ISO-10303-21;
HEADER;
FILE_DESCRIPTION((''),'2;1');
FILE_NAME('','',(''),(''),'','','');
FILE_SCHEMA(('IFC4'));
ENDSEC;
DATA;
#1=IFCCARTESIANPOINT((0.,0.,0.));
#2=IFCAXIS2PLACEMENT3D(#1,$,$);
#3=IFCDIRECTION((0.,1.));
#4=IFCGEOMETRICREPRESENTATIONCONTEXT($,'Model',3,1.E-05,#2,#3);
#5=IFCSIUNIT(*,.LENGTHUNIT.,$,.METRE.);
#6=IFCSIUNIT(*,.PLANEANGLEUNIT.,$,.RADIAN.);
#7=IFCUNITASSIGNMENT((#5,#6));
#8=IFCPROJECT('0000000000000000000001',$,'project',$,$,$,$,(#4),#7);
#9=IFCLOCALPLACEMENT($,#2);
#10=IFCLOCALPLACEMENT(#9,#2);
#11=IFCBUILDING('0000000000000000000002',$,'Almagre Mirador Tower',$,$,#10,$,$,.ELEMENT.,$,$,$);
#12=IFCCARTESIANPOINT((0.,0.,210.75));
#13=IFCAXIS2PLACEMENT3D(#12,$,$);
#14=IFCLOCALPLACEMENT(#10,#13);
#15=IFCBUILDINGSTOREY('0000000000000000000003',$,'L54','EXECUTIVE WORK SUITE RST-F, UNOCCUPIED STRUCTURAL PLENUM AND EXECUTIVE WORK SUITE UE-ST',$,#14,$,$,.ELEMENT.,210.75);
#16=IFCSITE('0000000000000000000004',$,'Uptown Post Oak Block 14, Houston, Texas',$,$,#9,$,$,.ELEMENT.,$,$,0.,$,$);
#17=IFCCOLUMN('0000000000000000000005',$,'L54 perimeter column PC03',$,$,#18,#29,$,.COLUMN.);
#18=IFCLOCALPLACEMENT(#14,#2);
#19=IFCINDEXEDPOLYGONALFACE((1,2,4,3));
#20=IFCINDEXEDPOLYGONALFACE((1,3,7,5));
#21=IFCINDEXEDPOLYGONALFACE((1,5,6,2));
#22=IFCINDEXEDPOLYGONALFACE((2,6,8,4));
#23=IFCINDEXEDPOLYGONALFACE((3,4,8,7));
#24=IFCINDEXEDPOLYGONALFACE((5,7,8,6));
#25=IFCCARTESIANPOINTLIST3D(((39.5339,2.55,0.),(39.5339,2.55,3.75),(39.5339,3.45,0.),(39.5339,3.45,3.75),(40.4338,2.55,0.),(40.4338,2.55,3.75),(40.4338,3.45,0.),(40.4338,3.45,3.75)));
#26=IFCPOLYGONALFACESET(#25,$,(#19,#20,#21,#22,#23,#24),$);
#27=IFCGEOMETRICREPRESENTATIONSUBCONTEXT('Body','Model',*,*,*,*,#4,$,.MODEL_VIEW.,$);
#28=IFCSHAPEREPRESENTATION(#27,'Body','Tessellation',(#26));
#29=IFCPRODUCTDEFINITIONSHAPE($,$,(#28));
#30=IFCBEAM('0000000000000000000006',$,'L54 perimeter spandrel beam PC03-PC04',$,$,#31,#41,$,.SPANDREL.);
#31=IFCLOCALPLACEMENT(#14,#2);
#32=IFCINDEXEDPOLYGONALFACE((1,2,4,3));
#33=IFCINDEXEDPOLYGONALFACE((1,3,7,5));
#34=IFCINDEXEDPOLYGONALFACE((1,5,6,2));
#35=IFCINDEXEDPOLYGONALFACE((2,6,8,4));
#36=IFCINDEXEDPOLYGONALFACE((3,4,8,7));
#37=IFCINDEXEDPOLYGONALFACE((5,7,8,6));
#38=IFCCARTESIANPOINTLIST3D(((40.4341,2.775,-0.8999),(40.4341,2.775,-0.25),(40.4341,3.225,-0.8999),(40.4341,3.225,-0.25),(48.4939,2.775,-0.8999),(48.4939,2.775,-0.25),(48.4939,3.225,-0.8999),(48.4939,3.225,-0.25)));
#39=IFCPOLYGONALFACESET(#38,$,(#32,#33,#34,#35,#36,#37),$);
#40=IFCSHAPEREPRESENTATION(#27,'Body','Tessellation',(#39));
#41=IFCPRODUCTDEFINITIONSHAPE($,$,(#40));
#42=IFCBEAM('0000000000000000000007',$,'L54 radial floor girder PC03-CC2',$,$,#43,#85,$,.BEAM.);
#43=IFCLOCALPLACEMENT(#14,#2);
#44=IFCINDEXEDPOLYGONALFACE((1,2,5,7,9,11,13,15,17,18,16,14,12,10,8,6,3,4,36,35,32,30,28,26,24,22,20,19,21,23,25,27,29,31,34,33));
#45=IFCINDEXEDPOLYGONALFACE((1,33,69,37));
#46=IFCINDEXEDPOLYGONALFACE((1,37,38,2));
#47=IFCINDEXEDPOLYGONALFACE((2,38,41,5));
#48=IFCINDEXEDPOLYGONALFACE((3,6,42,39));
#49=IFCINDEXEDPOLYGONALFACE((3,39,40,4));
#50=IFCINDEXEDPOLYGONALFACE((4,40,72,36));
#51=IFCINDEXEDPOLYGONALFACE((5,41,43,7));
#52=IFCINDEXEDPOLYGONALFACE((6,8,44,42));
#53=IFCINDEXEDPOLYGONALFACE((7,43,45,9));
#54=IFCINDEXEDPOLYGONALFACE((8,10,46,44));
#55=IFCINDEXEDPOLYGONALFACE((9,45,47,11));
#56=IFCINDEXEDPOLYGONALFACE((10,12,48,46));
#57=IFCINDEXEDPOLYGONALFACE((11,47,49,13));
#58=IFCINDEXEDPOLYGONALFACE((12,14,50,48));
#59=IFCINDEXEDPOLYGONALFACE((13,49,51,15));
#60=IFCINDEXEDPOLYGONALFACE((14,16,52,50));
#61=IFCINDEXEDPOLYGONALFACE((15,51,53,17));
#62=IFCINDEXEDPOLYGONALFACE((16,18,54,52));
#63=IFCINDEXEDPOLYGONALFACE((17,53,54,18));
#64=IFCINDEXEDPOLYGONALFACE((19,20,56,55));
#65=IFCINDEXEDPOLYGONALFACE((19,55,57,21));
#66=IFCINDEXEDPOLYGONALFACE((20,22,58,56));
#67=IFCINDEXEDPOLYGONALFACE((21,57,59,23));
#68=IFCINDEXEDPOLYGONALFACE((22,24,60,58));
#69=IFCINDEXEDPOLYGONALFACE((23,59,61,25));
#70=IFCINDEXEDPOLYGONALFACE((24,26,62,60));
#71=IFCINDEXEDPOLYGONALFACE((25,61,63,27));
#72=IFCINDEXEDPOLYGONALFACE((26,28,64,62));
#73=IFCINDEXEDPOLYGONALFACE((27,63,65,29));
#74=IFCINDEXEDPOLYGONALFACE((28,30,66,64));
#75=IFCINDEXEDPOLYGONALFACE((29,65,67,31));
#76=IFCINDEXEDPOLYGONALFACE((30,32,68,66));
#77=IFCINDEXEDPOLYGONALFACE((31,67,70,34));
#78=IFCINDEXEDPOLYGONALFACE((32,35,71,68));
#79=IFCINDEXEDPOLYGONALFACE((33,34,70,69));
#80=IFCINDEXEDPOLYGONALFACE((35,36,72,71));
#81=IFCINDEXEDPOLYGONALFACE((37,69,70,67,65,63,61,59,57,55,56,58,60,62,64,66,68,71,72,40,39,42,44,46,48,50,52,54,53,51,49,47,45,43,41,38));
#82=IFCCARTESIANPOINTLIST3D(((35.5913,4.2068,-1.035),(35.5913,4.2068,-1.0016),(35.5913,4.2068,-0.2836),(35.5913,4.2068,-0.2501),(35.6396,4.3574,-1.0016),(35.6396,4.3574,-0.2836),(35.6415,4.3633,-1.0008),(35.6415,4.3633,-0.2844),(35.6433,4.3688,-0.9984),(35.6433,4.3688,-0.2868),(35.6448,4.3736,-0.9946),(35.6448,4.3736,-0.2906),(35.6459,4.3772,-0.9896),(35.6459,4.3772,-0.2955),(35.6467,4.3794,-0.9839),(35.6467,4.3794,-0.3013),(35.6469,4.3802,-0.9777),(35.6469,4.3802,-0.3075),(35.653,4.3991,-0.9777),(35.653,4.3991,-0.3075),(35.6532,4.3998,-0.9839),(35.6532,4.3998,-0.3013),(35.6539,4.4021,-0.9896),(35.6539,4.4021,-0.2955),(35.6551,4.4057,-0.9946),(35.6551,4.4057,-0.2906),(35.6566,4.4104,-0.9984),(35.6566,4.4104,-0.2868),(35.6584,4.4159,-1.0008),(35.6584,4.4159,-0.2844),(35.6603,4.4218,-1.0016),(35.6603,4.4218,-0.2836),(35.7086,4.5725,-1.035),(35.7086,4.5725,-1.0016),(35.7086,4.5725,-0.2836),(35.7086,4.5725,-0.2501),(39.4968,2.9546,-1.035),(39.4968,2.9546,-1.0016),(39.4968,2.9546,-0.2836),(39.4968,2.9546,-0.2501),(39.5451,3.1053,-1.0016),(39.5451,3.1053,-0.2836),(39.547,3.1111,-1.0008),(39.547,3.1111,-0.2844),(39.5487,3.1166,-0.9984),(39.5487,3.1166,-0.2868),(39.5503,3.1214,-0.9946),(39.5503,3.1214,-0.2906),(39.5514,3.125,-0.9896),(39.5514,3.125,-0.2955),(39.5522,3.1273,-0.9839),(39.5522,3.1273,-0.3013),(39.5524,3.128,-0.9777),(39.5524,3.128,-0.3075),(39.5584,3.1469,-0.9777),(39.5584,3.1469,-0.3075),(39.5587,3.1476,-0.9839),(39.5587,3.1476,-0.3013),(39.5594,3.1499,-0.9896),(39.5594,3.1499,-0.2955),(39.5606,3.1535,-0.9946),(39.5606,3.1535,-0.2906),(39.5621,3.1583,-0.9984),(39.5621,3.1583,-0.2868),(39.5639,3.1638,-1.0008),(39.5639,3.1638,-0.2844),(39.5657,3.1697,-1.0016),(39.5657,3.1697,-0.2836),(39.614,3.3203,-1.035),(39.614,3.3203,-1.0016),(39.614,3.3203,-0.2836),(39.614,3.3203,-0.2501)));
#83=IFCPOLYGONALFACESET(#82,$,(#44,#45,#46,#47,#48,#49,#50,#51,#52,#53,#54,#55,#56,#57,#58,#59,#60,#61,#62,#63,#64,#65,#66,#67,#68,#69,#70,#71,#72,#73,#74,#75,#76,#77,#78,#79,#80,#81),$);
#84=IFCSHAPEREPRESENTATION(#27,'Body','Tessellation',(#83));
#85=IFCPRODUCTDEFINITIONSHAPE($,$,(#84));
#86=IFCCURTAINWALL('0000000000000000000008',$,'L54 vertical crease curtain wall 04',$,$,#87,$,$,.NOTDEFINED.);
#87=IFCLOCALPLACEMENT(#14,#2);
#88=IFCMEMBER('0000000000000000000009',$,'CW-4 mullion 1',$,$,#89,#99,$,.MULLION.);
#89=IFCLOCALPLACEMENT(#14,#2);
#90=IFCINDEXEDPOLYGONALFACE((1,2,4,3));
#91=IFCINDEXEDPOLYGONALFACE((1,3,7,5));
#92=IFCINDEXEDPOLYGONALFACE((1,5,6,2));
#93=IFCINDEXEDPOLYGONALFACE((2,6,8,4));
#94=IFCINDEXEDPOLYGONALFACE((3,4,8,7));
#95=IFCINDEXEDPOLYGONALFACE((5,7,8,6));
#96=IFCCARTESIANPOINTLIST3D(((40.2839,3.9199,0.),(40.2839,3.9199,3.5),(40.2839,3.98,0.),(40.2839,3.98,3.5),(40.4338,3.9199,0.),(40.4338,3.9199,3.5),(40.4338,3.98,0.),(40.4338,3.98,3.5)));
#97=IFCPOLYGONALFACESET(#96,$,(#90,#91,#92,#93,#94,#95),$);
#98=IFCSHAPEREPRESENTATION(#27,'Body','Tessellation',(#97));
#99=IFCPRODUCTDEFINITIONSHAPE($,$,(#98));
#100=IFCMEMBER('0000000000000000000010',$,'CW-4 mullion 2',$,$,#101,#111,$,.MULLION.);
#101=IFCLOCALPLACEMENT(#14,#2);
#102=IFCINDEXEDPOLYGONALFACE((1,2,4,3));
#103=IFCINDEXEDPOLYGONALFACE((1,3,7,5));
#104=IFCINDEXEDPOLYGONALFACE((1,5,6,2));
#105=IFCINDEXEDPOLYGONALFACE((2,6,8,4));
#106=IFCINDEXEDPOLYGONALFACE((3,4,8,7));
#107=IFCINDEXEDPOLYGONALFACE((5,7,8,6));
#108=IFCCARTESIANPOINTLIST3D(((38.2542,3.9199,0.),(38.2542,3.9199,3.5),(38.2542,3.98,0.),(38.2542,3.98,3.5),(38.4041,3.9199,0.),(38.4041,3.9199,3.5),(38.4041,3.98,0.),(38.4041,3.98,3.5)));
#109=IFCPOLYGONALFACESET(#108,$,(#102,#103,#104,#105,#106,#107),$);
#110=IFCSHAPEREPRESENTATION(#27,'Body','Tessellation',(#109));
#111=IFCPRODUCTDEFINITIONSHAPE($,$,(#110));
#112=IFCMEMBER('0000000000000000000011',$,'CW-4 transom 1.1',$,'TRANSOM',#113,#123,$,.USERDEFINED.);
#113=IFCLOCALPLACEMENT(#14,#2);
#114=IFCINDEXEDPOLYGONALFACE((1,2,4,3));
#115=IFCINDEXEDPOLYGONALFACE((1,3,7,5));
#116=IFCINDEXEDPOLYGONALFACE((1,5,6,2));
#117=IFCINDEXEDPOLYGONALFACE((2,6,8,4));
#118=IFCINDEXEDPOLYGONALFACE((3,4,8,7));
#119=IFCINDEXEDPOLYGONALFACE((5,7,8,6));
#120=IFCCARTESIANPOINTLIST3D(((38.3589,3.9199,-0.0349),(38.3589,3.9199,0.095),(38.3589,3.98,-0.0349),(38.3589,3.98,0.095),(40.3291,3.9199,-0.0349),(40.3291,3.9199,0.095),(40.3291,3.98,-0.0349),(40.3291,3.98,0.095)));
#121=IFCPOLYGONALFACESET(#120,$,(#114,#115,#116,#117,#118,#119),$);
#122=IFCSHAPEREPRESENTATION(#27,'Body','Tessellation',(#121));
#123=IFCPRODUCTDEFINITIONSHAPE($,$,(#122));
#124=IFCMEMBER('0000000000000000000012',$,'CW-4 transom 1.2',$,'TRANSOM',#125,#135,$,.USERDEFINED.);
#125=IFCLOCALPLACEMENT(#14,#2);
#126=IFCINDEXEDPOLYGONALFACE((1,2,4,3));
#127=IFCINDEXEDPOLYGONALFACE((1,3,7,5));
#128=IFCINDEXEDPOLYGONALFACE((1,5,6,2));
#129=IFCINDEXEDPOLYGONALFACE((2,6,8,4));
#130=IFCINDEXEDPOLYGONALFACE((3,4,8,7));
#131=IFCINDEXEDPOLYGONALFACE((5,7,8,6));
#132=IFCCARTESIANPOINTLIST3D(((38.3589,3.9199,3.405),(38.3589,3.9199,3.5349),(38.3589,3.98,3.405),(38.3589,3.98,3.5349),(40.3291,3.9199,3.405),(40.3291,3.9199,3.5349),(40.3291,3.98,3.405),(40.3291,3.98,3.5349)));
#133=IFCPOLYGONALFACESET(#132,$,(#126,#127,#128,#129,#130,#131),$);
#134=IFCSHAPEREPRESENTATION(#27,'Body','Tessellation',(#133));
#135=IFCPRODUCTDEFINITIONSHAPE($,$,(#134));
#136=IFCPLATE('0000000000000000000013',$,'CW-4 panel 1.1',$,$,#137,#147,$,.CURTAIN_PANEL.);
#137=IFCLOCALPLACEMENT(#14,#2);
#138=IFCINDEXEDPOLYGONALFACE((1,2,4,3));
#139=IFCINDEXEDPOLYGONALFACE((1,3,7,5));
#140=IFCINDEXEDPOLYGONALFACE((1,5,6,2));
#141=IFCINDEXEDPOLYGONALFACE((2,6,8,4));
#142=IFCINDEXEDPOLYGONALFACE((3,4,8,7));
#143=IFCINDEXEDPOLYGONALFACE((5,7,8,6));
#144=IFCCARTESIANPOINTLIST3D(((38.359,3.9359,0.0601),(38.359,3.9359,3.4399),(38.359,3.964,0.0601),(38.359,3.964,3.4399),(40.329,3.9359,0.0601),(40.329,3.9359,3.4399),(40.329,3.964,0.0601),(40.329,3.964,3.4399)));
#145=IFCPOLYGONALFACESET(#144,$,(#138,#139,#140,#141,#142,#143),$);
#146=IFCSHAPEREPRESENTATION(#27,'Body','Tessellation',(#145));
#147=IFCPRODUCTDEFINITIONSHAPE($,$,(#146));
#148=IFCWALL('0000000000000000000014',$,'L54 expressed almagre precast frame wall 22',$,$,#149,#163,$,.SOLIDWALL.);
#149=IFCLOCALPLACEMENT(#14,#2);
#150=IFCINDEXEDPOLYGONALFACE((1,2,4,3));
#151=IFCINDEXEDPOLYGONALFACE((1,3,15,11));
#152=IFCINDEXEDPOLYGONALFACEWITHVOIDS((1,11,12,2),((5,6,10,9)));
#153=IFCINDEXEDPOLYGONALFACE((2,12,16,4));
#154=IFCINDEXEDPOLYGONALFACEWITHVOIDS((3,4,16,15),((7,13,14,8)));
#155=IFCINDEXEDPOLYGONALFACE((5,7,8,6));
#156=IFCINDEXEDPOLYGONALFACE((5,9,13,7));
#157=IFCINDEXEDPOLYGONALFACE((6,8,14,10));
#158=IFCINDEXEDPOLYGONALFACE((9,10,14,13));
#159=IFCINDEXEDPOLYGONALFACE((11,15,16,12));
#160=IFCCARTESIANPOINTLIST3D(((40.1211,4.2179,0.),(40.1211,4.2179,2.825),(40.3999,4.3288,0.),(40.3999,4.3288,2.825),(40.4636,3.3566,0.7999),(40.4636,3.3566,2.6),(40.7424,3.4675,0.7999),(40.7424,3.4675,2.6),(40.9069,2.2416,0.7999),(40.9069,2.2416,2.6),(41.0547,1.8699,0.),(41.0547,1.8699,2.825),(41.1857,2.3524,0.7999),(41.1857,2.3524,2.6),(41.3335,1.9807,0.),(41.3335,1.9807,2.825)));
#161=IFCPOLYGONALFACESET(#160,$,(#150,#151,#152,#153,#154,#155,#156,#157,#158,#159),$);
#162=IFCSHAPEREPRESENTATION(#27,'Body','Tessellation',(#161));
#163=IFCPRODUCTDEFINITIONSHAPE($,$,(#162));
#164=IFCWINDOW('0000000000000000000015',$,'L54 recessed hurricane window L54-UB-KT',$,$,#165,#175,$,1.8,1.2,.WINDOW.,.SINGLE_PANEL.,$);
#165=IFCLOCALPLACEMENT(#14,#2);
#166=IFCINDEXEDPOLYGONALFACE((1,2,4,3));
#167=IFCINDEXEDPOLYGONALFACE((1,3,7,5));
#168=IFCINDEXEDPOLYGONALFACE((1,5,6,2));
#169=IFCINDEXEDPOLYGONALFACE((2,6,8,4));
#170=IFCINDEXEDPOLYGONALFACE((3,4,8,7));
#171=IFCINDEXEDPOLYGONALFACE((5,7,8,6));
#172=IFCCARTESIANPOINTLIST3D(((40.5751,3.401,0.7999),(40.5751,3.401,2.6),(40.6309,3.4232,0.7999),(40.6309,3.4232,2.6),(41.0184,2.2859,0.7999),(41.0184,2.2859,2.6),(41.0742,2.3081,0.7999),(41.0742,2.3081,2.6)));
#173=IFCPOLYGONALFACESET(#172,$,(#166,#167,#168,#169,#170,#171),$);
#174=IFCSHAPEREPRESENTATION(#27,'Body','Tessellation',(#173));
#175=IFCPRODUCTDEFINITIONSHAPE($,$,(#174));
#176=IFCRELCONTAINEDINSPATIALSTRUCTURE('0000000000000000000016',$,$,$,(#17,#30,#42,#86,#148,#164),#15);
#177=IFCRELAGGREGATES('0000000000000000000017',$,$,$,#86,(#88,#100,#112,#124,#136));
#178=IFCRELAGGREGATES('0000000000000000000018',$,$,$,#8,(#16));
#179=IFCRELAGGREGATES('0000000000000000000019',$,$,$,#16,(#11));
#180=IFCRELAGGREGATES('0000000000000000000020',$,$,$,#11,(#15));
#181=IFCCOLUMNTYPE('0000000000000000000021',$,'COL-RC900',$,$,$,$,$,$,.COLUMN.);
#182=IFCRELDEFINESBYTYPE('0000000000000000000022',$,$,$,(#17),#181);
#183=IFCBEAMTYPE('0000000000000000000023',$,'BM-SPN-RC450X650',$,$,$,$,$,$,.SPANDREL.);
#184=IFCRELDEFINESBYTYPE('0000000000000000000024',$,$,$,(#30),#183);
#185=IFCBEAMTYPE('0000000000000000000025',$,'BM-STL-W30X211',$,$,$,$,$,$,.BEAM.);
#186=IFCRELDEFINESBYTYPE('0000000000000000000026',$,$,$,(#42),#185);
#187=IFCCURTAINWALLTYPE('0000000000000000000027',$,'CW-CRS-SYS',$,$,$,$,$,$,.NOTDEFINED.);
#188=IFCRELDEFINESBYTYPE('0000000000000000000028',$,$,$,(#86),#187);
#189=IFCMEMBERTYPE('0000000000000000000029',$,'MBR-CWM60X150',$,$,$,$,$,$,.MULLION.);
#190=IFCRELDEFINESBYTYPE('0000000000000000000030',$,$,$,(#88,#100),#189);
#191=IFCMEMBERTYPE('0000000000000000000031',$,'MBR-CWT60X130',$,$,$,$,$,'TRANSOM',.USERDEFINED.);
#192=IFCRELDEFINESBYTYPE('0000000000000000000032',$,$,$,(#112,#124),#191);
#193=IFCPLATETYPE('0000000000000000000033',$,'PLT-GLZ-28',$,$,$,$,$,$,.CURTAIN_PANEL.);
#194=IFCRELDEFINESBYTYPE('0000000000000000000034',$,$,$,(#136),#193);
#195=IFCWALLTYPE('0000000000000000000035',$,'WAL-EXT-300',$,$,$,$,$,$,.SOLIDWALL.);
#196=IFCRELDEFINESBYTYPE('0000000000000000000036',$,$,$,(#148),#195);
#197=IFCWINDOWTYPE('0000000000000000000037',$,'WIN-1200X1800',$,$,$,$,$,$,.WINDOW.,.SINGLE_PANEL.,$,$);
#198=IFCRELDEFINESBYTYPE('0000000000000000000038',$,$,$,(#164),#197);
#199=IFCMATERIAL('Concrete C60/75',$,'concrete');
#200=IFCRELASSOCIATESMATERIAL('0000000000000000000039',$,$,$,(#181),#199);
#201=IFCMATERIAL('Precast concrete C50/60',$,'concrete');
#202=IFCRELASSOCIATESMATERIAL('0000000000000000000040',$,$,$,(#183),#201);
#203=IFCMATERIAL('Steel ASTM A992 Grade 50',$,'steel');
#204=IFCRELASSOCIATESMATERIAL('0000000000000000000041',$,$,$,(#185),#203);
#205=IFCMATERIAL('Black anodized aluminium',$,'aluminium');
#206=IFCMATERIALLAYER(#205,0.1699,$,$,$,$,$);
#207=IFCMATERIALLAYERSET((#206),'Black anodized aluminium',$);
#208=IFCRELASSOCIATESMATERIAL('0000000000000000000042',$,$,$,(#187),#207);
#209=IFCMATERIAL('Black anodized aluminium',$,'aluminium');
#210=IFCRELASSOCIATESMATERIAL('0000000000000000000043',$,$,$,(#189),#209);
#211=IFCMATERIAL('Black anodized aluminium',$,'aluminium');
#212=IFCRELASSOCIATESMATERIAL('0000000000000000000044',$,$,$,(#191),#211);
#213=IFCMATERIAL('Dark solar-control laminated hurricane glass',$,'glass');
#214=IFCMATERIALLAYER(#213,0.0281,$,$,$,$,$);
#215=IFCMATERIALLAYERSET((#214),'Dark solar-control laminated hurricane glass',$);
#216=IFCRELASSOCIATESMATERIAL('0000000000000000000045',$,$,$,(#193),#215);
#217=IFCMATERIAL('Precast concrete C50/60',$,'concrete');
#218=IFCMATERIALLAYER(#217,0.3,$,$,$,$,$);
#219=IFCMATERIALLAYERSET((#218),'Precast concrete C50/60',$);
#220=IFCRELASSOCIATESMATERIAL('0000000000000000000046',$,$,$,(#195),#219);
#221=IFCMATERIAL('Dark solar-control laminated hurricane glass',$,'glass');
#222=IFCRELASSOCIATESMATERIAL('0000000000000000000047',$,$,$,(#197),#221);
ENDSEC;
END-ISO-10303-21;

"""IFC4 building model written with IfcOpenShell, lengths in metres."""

from ifc_helpers import new_model, si_unit, direction, frame, frame_2d, origin, origin_2d, place, context, subcontext, project, spatial, rectangle, i_section, extrude, material, layer, layer_set, material_profile, profile_set, type_object, element, fill, aggregate, save


model = new_model("IFC4")

# Units and contexts
model_context = context("Model", 3, precision=1e-05, world=origin(), true_north=direction((0.0, 1.0)))
body_context = subcontext(model_context, "Body", "Model", "MODEL_VIEW")
ifc_project = project(units=[si_unit("LENGTHUNIT", "METRE"), si_unit("PLANEANGLEUNIT", "RADIAN")], contexts=[model_context])

# Site, building, storey
site_placement = place(None, origin())
site = spatial("IfcSite", under=ifc_project, at=site_placement, Name="Uptown Post Oak Block 14, Houston, Texas", CompositionType="ELEMENT", RefElevation=0.0)
building_placement = place(site_placement, origin())
building = spatial("IfcBuilding", under=site, at=building_placement, Name="Almagre Mirador Tower", CompositionType="ELEMENT")
storey_placement = place(building_placement, frame((0.0, 0.0, 210.75)))
storey = spatial("IfcBuildingStorey", under=building, at=storey_placement, Name="L54", Description="EXECUTIVE WORK SUITE RST-F, UNOCCUPIED STRUCTURAL PLENUM AND EXECUTIVE WORK SUITE UE-ST", CompositionType="ELEMENT", Elevation=210.75)

# Column
ifc_material_1 = material(Name="Concrete C60/75", Category="concrete")
ifc_material_profile_1 = material_profile(ifc_material_1, rectangle(XDim=0.8999, YDim=0.8999, at=origin_2d()), Name="RC900X900")
ifc_profile_set_1 = profile_set([ifc_material_profile_1], Name="Concrete C60/75")
column_type = type_object("IfcColumnType", Name="COL-RC900", PredefinedType="COLUMN", material=ifc_profile_set_1)
column_placement = place(storey_placement, frame((39.9839, 3.0, 0.0), z_axis=(0.0, 0.0, 1.0), x_axis=(1.0, 0.0, 0.0)))
element("IfcColumn", 1, at=column_placement, inside=storey, type_object=column_type, Name="L54 perimeter column PC03", PredefinedType="COLUMN", context=body_context, shape_type="SweptSolid", body=[
    extrude(rectangle(XDim=0.8999, YDim=0.8999, at=origin_2d()), origin(), (0.0, 0.0, 1.0), 3.75),
])

# Beams
ifc_material_2 = material(Name="Precast concrete C50/60", Category="concrete")
ifc_material_profile_2 = material_profile(ifc_material_2, rectangle(XDim=0.45, YDim=0.6499, at=origin_2d()), Name="RC450X650")
ifc_profile_set_2 = profile_set([ifc_material_profile_2], Name="Precast concrete C50/60")
beam_type_1 = type_object("IfcBeamType", Name="BM-SPN-RC450X650", PredefinedType="SPANDREL", material=ifc_profile_set_2)
beam_1_placement = place(storey_placement, frame((40.4341, 3.0, -0.575), z_axis=(1.0, 0.0, 0.0), x_axis=(0.0, 1.0, 0.0)))
element("IfcBeam", 2, at=beam_1_placement, inside=storey, type_object=beam_type_1, Name="L54 perimeter spandrel beam PC03-PC04", PredefinedType="SPANDREL", context=body_context, shape_type="SweptSolid", body=[
    extrude(rectangle(XDim=0.45, YDim=0.6499, at=origin_2d()), origin(), (0.0, 0.0, 1.0), 8.0598),
])
ifc_material_3 = material(Name="Steel ASTM A992 Grade 50", Category="steel")
ifc_material_profile_3 = material_profile(ifc_material_3, i_section(OverallWidth=0.384, OverallDepth=0.7849, WebThickness=0.0198, FlangeThickness=0.0334, FilletRadius=0.0239, at=origin_2d()), Name="W30X211")
ifc_profile_set_3 = profile_set([ifc_material_profile_3], Name="Steel ASTM A992 Grade 50")
beam_type_2 = type_object("IfcBeamType", Name="BM-STL-W30X211", PredefinedType="BEAM", material=ifc_profile_set_3)
beam_2_placement = place(storey_placement, frame((39.5554, 3.1375, -0.6426), z_axis=(-0.952252, 0.305313, 0.0), x_axis=(-0.305313, -0.952252, 0.0)))
element("IfcBeam", 3, at=beam_2_placement, inside=storey, type_object=beam_type_2, Name="L54 radial floor girder PC03-CC2", PredefinedType="BEAM", context=body_context, shape_type="SweptSolid", body=[
    extrude(i_section(OverallWidth=0.384, OverallDepth=0.7849, WebThickness=0.0198, FlangeThickness=0.0334, FilletRadius=0.0239, at=origin_2d()), origin(), (0.0, 0.0, 1.0), 4.1013),
])

# Curtain wall, members, plate
ifc_material_4 = material(Name="Black anodized aluminium", Category="aluminium")
ifc_layer_1 = layer(ifc_material_4, 0.1699)
ifc_layer_set_1 = layer_set([ifc_layer_1], Name="Black anodized aluminium")
curtain_wall_type = type_object("IfcCurtainWallType", Name="CW-CRS-SYS", PredefinedType="NOTDEFINED", material=ifc_layer_set_1)
curtain_wall_placement = place(storey_placement, origin())
curtain_wall = element("IfcCurtainWall", 4, at=curtain_wall_placement, inside=storey, type_object=curtain_wall_type, Name="L54 vertical crease curtain wall 04", PredefinedType="NOTDEFINED")
ifc_material_5 = material(Name="Black anodized aluminium", Category="aluminium")
ifc_material_profile_4 = material_profile(ifc_material_5, rectangle(XDim=0.0601, YDim=0.1499, at=origin_2d()), Name="CWM60X150")
ifc_profile_set_4 = profile_set([ifc_material_profile_4], Name="Black anodized aluminium")
member_type_1 = type_object("IfcMemberType", Name="MBR-CWM60X150", PredefinedType="MULLION", material=ifc_profile_set_4)
member_1_placement = place(storey_placement, frame((40.3589, 3.95, 0.0), z_axis=(0.0, 0.0, 1.0), x_axis=(0.0, -1.0, 0.0)))
member_1 = element("IfcMember", 5, at=member_1_placement, type_object=member_type_1, Name="CW-4 mullion 1", PredefinedType="MULLION", context=body_context, shape_type="SweptSolid", body=[
    extrude(rectangle(XDim=0.0601, YDim=0.1499, at=origin_2d()), origin(), (0.0, 0.0, 1.0), 3.5),
])
member_2_placement = place(storey_placement, frame((38.3291, 3.95, 0.0), z_axis=(0.0, 0.0, 1.0), x_axis=(0.0, -1.0, 0.0)))
member_2 = element("IfcMember", 6, at=member_2_placement, type_object=member_type_1, Name="CW-4 mullion 2", PredefinedType="MULLION", context=body_context, shape_type="SweptSolid", body=[
    extrude(rectangle(XDim=0.0601, YDim=0.1499, at=origin_2d()), origin(), (0.0, 0.0, 1.0), 3.5),
])
ifc_material_6 = material(Name="Black anodized aluminium", Category="aluminium")
ifc_material_profile_5 = material_profile(ifc_material_6, rectangle(XDim=0.0601, YDim=0.1299, at=origin_2d()), Name="CWT60X130")
ifc_profile_set_5 = profile_set([ifc_material_profile_5], Name="Black anodized aluminium")
member_type_2 = type_object("IfcMemberType", Name="MBR-CWT60X130", ElementType="TRANSOM", PredefinedType="USERDEFINED", material=ifc_profile_set_5)
member_3_placement = place(storey_placement, frame((40.3291, 3.95, 0.03), z_axis=(-1.0, 0.0, 0.0), x_axis=(0.0, -1.0, 0.0)))
member_3 = element("IfcMember", 7, at=member_3_placement, type_object=member_type_2, Name="CW-4 transom 1.1", ObjectType="TRANSOM", PredefinedType="USERDEFINED", context=body_context, shape_type="SweptSolid", body=[
    extrude(rectangle(XDim=0.0601, YDim=0.1299, at=origin_2d()), origin(), (0.0, 0.0, 1.0), 1.9702),
])
member_4_placement = place(storey_placement, frame((40.3291, 3.95, 3.47), z_axis=(-1.0, 0.0, 0.0), x_axis=(0.0, -1.0, 0.0)))
member_4 = element("IfcMember", 8, at=member_4_placement, type_object=member_type_2, Name="CW-4 transom 1.2", ObjectType="TRANSOM", PredefinedType="USERDEFINED", context=body_context, shape_type="SweptSolid", body=[
    extrude(rectangle(XDim=0.0601, YDim=0.1299, at=origin_2d()), origin(), (0.0, 0.0, 1.0), 1.9702),
])
ifc_material_7 = material(Name="Dark solar-control laminated hurricane glass", Category="glass")
ifc_layer_2 = layer(ifc_material_7, 0.0281)
ifc_layer_set_2 = layer_set([ifc_layer_2], Name="Dark solar-control laminated hurricane glass")
plate_type = type_object("IfcPlateType", Name="PLT-GLZ-28", PredefinedType="CURTAIN_PANEL", material=ifc_layer_set_2)
plate_placement = place(storey_placement, frame((39.344, 3.95, 0.0601), z_axis=(0.0, 0.0, 1.0), x_axis=(-1.0, 0.0, 0.0)))
plate = element("IfcPlate", 9, at=plate_placement, type_object=plate_type, Name="CW-4 panel 1.1", PredefinedType="CURTAIN_PANEL", context=body_context, shape_type="SweptSolid", body=[
    extrude(rectangle(XDim=1.97, YDim=0.0281, at=origin_2d()), origin(), (0.0, 0.0, 1.0), 3.3799),
])
aggregate(curtain_wall, [member_1, member_2, member_3, member_4, plate])

# Wall, opening, window
ifc_material_8 = material(Name="Precast concrete C50/60", Category="concrete")
ifc_layer_3 = layer(ifc_material_8, 0.3)
ifc_layer_set_3 = layer_set([ifc_layer_3], Name="Precast concrete C50/60")
wall_type_1 = type_object("IfcWallType", Name="WAL-EXT-300", PredefinedType="SOLIDWALL", material=ifc_layer_set_3)
wall_1_placement = place(storey_placement, frame((41.1941, 1.9253, 0.0), z_axis=(0.0, 0.0, 1.0), x_axis=(-0.369458, 0.929248, 0.0)))
wall_1 = element("IfcWall", 10, at=wall_1_placement, inside=storey, type_object=wall_type_1, Name="L54 expressed almagre precast frame wall 22", PredefinedType="SOLIDWALL", context=body_context, shape_type="SweptSolid", body=[
    extrude(rectangle(XDim=2.5269, YDim=0.3, at=frame_2d((1.2634, 0.0))), origin(), (0.0, 0.0, 1.0), 2.825),
])
opening_1_placement = place(wall_1_placement, frame((0.3999, 0.0, 0.8)))
opening_1 = element("IfcOpeningElement", 11, at=opening_1_placement, cuts=wall_1, PredefinedType="OPENING", context=body_context, shape_type="SweptSolid", body=[
    extrude(rectangle(XDim=1.2, YDim=1.8, at=frame_2d((0.6001, 0.8999))), frame((0.0, 0.1599, 0.0), z_axis=(0.0, -1.0, 0.0), x_axis=(1.0, 0.0, 0.0)), (0.0, 0.0, 1.0), 0.32),
])
ifc_material_9 = material(Name="Dark solar-control laminated hurricane glass", Category="glass")
window_type = type_object("IfcWindowType", Name="WIN-1200X1800", PartitioningType="SINGLE_PANEL", PredefinedType="WINDOW", material=ifc_material_9)
window_1_placement = place(opening_1_placement, origin())
window_1 = element("IfcWindow", 12, at=window_1_placement, inside=storey, type_object=window_type, Name="L54 recessed hurricane window L54-UB-KT", OverallHeight=1.8, OverallWidth=1.2, PartitioningType="SINGLE_PANEL", PredefinedType="WINDOW", context=body_context, shape_type="SweptSolid", body=[
    extrude(rectangle(XDim=1.2, YDim=1.8, at=frame_2d((0.6001, 0.8999))), frame((0.0, 0.03, 0.0), z_axis=(0.0, -1.0, 0.0), x_axis=(1.0, 0.0, 0.0)), (0.0, 0.0, 1.0), 0.0601),
])
fill(opening_1, window_1)

save(model, "model.ifc")
